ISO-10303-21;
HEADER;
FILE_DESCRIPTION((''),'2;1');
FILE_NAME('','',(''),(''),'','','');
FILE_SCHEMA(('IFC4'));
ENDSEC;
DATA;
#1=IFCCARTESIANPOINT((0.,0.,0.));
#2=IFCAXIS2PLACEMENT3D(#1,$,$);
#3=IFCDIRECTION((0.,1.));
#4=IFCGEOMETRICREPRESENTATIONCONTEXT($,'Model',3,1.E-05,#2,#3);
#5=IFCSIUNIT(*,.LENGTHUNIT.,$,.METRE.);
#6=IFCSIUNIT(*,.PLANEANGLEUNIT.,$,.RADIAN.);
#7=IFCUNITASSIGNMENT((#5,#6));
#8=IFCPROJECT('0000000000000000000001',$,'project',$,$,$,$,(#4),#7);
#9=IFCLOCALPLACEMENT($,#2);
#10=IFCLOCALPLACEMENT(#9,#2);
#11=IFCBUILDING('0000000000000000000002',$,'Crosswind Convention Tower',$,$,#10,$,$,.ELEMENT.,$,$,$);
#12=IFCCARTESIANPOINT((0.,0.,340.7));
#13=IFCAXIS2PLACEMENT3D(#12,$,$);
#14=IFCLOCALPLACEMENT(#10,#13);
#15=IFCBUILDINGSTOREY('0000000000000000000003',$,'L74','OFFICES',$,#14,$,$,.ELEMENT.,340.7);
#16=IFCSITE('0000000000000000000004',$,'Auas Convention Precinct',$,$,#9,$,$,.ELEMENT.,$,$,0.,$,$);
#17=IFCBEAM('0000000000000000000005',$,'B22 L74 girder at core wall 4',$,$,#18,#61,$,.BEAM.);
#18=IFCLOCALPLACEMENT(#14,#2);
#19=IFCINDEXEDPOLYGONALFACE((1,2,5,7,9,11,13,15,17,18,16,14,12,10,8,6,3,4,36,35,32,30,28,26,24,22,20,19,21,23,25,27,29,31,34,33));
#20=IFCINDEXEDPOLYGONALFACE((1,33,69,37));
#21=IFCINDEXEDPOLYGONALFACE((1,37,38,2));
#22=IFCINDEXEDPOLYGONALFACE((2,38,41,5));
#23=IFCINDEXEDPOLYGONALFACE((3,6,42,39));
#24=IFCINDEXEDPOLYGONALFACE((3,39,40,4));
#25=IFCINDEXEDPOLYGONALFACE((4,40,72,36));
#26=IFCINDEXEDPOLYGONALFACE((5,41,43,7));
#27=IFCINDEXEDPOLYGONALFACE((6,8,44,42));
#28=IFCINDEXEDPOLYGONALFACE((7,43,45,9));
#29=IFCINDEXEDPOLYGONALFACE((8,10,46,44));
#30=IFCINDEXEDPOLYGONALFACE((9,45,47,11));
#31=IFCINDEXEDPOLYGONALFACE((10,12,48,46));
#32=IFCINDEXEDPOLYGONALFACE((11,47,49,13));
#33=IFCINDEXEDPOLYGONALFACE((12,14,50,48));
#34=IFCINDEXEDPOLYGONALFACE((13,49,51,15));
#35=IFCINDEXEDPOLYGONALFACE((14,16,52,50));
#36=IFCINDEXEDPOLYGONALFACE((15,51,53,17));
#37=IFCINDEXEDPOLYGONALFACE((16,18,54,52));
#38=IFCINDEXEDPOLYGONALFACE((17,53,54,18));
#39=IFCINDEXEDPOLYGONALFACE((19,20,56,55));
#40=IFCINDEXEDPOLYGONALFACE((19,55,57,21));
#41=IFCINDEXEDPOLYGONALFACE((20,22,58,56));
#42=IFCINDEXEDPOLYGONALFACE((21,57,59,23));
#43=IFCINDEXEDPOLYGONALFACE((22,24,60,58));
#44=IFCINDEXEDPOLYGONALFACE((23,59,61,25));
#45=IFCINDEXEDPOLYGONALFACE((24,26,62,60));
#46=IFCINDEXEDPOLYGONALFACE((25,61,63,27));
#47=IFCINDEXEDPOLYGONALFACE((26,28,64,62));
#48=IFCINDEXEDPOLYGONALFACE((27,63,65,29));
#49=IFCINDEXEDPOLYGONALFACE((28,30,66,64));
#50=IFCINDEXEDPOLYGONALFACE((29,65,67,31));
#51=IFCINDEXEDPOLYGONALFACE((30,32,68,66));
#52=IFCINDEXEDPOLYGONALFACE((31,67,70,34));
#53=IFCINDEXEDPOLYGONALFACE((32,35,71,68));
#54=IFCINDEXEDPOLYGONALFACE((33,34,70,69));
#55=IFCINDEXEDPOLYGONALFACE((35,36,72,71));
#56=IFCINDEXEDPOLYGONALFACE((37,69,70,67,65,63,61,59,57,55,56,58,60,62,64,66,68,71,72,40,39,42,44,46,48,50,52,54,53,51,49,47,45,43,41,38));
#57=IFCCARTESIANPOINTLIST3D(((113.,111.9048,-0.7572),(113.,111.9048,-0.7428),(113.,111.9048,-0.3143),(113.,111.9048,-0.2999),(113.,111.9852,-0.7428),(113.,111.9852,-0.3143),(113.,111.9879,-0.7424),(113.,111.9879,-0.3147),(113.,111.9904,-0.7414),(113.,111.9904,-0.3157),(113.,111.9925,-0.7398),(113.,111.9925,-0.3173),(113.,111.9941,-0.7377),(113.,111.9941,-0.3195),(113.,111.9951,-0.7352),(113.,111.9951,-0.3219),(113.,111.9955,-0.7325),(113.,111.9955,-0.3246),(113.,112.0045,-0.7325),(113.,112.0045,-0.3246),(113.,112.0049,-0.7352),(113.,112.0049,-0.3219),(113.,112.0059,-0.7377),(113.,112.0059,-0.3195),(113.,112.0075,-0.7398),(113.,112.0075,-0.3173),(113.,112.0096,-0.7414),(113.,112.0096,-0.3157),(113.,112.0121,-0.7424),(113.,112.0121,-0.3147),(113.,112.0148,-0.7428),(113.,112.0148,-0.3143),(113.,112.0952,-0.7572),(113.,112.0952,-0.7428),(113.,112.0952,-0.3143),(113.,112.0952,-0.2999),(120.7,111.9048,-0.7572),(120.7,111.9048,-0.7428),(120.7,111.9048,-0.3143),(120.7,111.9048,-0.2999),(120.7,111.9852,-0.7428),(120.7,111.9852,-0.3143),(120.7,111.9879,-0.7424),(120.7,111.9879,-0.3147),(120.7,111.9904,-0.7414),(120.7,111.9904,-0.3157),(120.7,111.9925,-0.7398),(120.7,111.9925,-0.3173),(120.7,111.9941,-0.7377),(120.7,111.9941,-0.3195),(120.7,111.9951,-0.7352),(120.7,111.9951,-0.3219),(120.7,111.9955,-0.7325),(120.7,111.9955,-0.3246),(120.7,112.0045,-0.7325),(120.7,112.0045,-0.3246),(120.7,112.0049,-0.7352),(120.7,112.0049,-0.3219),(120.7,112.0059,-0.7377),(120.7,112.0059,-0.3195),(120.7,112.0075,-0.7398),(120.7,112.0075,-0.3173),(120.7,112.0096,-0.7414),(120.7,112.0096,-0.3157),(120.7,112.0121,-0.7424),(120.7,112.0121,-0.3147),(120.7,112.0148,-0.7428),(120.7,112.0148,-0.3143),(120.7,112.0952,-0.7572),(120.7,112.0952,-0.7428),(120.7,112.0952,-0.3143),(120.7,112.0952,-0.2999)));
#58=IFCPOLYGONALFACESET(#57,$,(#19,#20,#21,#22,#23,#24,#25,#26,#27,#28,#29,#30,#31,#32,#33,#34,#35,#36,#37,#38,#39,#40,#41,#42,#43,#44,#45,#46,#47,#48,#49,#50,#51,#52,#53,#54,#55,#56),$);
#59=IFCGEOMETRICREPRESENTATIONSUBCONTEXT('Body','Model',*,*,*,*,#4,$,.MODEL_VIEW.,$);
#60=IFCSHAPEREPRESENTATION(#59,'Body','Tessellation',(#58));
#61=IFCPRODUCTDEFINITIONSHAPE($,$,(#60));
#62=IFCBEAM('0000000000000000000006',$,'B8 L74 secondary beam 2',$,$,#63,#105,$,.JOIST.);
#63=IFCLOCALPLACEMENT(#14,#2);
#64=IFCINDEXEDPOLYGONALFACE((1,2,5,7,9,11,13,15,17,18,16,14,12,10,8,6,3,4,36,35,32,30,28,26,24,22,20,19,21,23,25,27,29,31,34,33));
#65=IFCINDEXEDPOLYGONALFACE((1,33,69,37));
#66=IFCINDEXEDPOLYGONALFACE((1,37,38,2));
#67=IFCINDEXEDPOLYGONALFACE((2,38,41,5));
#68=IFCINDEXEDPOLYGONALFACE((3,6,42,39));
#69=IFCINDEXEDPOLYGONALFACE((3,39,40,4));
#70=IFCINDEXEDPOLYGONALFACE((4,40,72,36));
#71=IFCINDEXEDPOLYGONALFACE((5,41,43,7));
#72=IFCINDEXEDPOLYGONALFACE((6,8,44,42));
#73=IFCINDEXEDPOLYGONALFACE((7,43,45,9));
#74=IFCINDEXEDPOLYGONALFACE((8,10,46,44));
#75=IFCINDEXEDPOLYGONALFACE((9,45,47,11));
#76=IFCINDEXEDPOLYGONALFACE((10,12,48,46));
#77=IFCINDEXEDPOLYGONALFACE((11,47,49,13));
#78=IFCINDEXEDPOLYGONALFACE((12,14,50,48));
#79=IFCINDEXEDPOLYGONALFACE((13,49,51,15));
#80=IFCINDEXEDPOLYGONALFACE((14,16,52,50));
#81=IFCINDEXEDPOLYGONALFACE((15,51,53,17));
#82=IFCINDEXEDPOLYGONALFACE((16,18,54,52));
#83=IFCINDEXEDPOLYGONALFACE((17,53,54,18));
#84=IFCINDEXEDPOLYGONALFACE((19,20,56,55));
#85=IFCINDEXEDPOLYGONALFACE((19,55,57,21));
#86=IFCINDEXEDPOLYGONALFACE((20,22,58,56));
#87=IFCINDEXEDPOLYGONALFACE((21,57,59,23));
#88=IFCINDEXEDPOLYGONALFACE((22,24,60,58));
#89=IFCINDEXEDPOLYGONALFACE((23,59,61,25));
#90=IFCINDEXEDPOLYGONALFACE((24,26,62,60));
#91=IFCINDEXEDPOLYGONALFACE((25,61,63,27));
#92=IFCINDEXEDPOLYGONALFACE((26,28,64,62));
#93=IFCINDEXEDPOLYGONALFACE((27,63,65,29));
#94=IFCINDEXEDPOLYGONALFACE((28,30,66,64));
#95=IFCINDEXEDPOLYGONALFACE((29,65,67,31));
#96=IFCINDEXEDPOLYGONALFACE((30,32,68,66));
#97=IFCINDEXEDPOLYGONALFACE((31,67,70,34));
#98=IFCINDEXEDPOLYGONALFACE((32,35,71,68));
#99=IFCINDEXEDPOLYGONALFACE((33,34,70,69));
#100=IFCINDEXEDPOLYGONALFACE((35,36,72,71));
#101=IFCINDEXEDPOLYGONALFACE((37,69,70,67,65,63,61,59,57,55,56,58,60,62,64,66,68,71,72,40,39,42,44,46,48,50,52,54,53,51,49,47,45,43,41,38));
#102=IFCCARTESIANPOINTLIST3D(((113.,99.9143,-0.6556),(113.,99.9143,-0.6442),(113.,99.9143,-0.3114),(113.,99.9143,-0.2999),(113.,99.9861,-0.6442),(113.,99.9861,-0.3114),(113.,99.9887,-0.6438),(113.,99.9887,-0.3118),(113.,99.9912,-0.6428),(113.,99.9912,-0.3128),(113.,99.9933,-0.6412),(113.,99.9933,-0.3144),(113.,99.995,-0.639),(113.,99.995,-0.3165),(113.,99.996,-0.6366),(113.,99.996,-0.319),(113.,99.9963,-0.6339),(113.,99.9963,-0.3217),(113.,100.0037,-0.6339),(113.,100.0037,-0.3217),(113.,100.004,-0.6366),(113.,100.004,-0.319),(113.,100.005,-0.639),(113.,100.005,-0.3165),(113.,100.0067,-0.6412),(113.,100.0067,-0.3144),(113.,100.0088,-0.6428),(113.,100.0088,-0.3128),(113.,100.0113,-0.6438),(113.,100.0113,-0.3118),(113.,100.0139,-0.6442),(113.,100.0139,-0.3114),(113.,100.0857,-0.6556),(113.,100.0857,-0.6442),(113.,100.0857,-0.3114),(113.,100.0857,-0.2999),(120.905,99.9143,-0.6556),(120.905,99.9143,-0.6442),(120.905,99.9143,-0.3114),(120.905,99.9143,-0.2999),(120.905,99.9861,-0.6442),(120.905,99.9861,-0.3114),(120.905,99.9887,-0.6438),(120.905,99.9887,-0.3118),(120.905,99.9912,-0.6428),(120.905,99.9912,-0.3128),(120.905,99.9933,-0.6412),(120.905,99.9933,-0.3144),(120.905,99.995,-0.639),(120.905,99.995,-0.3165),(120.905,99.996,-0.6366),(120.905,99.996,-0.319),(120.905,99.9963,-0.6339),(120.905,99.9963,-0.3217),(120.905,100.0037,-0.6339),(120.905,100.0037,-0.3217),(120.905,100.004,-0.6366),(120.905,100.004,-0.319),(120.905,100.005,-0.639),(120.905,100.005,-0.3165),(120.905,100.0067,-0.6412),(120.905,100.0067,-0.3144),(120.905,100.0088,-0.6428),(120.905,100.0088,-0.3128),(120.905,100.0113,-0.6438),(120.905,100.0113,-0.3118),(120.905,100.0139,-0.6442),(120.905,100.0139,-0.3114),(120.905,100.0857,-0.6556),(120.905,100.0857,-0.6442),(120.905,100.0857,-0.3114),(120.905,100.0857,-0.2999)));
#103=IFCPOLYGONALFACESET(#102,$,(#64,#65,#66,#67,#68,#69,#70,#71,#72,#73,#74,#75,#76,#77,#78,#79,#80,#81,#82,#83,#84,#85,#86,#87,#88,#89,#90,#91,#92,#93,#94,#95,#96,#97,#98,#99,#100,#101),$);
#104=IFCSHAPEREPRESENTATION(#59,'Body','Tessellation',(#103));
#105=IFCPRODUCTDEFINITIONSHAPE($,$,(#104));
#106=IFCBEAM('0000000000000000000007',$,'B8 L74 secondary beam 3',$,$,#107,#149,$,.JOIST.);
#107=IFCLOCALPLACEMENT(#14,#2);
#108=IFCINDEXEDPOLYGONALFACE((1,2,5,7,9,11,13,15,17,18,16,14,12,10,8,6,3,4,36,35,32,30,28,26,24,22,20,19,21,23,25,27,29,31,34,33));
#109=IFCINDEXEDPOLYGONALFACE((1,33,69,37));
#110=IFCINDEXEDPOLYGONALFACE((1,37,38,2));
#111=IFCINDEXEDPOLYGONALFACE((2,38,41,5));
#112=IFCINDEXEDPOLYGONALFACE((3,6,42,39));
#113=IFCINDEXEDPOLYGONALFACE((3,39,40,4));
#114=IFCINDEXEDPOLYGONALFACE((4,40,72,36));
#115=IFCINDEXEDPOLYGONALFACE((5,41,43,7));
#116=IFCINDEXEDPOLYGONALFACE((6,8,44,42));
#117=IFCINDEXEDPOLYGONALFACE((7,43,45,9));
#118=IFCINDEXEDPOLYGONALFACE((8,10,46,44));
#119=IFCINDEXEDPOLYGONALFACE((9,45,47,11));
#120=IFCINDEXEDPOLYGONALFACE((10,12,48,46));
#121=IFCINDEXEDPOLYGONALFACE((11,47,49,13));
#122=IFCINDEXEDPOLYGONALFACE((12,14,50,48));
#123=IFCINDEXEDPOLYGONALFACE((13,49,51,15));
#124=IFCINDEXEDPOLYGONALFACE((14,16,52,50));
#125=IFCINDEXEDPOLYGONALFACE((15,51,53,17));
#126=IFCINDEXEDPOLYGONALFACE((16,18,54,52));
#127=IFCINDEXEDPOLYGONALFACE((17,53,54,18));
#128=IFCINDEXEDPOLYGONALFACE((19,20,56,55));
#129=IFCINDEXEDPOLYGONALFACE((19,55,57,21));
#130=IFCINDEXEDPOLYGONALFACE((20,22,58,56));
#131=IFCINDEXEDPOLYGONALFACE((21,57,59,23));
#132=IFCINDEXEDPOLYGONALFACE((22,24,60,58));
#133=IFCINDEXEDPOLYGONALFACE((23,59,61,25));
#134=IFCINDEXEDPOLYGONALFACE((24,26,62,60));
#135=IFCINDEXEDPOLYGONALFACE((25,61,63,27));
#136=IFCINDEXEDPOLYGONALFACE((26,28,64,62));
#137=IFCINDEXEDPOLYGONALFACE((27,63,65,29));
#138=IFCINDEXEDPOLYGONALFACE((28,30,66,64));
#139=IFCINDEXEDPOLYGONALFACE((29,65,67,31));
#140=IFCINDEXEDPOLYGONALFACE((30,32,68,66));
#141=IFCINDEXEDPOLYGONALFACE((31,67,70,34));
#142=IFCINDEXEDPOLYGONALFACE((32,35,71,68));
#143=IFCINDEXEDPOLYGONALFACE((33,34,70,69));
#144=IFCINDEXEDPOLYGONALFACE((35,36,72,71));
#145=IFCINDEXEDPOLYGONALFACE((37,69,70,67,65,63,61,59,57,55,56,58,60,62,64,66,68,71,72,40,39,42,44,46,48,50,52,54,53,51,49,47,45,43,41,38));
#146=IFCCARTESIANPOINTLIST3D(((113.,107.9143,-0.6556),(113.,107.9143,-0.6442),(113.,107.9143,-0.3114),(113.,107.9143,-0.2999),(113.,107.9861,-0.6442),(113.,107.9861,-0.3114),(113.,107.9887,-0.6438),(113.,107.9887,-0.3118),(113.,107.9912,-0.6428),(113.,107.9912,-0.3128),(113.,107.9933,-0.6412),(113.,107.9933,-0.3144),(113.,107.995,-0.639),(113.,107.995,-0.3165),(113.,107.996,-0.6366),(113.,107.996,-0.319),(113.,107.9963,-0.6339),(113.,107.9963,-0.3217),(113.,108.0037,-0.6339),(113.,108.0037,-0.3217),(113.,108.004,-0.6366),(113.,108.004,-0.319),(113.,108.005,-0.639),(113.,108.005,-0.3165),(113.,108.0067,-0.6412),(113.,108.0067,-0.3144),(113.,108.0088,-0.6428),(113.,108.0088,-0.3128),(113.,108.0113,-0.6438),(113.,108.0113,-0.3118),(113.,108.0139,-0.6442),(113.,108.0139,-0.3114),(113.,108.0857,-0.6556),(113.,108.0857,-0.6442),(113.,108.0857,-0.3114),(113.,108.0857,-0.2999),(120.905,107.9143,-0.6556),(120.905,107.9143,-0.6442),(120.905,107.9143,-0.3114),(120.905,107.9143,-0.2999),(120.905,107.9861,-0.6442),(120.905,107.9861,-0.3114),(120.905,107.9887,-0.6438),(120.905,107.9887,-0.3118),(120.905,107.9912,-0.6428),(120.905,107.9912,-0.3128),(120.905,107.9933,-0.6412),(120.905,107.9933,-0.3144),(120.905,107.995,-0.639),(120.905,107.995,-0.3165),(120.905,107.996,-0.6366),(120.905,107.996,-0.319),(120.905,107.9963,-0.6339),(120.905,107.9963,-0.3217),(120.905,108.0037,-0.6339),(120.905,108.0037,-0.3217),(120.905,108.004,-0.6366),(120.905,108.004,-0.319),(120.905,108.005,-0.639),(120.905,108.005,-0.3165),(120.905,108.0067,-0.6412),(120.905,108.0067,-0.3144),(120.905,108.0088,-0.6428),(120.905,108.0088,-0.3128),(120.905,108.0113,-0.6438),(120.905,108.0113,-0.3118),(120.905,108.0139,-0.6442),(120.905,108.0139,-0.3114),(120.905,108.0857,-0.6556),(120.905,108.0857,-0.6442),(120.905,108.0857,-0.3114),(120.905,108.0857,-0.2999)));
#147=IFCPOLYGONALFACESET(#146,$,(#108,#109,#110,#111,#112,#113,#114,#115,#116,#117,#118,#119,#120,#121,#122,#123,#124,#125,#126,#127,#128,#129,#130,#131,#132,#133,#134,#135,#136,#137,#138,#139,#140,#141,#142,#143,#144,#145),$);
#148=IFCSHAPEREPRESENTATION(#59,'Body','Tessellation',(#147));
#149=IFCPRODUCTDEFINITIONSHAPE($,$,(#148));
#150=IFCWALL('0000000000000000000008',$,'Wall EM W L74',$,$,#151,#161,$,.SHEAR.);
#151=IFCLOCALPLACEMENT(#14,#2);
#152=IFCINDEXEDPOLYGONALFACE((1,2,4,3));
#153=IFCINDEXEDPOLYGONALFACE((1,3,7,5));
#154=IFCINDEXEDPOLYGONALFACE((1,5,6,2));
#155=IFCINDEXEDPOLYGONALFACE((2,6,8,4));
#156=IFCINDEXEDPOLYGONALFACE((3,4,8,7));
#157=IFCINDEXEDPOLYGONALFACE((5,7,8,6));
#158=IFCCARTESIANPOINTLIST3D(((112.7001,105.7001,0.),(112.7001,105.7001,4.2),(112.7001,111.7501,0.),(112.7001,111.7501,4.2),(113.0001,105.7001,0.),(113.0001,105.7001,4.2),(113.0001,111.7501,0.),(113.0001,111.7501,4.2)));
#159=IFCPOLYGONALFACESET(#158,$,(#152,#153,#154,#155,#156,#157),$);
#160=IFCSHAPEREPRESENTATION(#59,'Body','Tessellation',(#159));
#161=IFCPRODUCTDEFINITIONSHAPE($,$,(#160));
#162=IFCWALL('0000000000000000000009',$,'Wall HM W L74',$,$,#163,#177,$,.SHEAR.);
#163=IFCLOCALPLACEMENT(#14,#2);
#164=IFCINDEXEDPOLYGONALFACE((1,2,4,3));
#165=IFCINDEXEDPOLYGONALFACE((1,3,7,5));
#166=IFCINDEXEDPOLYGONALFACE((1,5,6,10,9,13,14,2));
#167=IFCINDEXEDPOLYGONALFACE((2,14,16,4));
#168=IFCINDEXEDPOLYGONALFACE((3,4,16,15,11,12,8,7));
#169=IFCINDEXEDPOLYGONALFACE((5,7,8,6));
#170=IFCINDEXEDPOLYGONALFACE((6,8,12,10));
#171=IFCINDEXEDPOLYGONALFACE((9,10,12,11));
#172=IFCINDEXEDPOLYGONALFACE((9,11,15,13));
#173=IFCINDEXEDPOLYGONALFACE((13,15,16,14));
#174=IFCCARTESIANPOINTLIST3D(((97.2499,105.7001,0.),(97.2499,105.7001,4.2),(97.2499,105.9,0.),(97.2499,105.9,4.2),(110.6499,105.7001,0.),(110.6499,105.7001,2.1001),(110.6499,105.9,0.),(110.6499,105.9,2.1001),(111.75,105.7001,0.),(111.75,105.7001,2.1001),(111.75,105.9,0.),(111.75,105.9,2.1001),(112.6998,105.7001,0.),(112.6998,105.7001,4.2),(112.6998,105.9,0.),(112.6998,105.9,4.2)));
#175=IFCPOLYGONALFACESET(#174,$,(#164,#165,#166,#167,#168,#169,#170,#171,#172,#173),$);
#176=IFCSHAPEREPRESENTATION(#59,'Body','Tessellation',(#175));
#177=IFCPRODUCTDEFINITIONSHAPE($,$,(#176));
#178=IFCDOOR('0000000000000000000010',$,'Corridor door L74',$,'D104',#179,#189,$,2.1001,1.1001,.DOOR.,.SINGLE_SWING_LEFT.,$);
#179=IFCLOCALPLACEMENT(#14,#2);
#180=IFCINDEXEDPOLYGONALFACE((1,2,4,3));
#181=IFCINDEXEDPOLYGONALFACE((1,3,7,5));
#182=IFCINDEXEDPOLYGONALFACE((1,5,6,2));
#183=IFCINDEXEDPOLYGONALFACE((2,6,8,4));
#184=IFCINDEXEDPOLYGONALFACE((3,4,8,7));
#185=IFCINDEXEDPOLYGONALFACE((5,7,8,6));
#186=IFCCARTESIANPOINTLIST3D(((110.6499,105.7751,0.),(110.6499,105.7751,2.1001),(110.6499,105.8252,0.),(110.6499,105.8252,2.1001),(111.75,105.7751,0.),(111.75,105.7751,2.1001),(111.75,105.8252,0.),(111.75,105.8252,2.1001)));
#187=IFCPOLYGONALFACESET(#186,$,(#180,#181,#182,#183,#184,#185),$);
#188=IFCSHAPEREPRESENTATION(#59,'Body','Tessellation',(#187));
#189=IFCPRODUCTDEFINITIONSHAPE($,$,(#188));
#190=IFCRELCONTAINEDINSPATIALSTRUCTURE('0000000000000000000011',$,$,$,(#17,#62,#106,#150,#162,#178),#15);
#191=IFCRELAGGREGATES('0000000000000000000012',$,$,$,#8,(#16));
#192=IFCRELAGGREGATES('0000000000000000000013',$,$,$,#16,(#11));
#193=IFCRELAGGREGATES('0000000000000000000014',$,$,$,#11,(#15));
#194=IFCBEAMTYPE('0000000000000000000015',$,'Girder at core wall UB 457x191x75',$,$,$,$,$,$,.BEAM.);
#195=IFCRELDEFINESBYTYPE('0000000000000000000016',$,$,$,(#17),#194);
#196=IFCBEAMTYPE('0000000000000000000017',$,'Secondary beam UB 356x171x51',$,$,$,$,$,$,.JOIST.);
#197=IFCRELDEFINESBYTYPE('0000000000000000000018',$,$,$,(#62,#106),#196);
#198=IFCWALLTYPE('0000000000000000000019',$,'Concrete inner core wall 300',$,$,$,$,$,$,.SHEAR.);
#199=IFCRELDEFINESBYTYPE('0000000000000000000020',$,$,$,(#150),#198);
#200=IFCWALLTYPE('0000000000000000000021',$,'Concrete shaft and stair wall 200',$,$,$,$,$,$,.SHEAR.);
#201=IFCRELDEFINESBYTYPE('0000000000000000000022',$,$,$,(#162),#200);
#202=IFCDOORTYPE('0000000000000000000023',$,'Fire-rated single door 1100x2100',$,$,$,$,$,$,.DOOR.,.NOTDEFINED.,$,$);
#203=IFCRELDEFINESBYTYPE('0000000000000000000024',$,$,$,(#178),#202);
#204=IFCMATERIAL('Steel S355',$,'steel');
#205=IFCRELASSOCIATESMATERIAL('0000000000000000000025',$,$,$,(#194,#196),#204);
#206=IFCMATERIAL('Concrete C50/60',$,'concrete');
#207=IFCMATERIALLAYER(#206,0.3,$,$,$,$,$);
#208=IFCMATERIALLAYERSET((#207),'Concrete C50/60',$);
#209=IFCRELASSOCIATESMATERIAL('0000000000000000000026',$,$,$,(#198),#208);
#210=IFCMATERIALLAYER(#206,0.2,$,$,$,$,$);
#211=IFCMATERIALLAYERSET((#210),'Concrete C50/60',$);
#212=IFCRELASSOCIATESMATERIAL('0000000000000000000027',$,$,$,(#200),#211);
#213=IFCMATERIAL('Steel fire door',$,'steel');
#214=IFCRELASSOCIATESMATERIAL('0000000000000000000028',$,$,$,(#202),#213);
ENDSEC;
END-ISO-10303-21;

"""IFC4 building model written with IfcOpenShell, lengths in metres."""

from ifc_helpers import new_model, si_unit, direction, frame, frame_2d, origin, origin_2d, place, context, subcontext, project, spatial, rectangle, i_section, extrude, material, layer, layer_set, material_profile, profile_set, type_object, element, fill, save


model = new_model("IFC4")

# Units and contexts
model_context = context("Model", 3, precision=1e-05, world=origin(), true_north=direction((0.0, 1.0)))
body_context = subcontext(model_context, "Body", "Model", "MODEL_VIEW")
ifc_project = project(units=[si_unit("LENGTHUNIT", "METRE"), si_unit("PLANEANGLEUNIT", "RADIAN")], contexts=[model_context])

# Site, building, storey
site_placement = place(None, origin())
site = spatial("IfcSite", under=ifc_project, at=site_placement, Name="Auas Convention Precinct", CompositionType="ELEMENT", RefElevation=0.0)
building_placement = place(site_placement, origin())
building = spatial("IfcBuilding", under=site, at=building_placement, Name="Crosswind Convention Tower", CompositionType="ELEMENT")
storey_placement = place(building_placement, frame((0.0, 0.0, 340.7)))
storey = spatial("IfcBuildingStorey", under=building, at=storey_placement, Name="L74", Description="OFFICES", CompositionType="ELEMENT", Elevation=340.7)

# Beams
ifc_material_1 = material(Name="Steel S355", Category="steel")
ifc_material_profile_1 = material_profile(ifc_material_1, i_section(OverallWidth=0.1904, OverallDepth=0.4573, WebThickness=0.009, FlangeThickness=0.0144, FilletRadius=0.0103, at=origin_2d()), Name="UB 457x191x75")
ifc_profile_set_1 = profile_set([ifc_material_profile_1], Name="Steel S355")
beam_type_1 = type_object("IfcBeamType", Name="Girder at core wall UB 457x191x75", PredefinedType="BEAM", material=ifc_profile_set_1)
for number, where, z_axis, x_axis, name in (
    (1, (113.0, 112.0, -0.5286), (1.0, 0.0, 0.0), (0.0, 1.0, 0.0), "B22 L74 girder at core wall 4"),
):
    element("IfcBeam", number, at=place(storey_placement, frame(where, z_axis=z_axis, x_axis=x_axis)), inside=storey, type_object=beam_type_1, Name=name, PredefinedType="BEAM", context=body_context, shape_type="SweptSolid", body=[
        extrude(i_section(OverallWidth=0.1904, OverallDepth=0.4573, WebThickness=0.009, FlangeThickness=0.0144, FilletRadius=0.0103, at=origin_2d()), origin(), (0.0, 0.0, 1.0), 7.7),
    ])
ifc_material_profile_2 = material_profile(ifc_material_1, i_section(OverallWidth=0.1714, OverallDepth=0.3557, WebThickness=0.0073, FlangeThickness=0.0115, FilletRadius=0.0103, at=origin_2d()), Name="UB 356x171x51")
ifc_profile_set_2 = profile_set([ifc_material_profile_2], Name="Steel S355")
beam_type_2 = type_object("IfcBeamType", Name="Secondary beam UB 356x171x51", PredefinedType="JOIST", material=ifc_profile_set_2)
for number, where, z_axis, x_axis, name in (
    (2, (113.0, 100.0, -0.4778), (1.0, 0.0, 0.0), (0.0, 1.0, 0.0), "B8 L74 secondary beam 2"),
    (3, (113.0, 108.0, -0.4778), (1.0, 0.0, 0.0), (0.0, 1.0, 0.0), "B8 L74 secondary beam 3"),
):
    element("IfcBeam", number, at=place(storey_placement, frame(where, z_axis=z_axis, x_axis=x_axis)), inside=storey, type_object=beam_type_2, Name=name, PredefinedType="JOIST", context=body_context, shape_type="SweptSolid", body=[
        extrude(i_section(OverallWidth=0.1714, OverallDepth=0.3557, WebThickness=0.0073, FlangeThickness=0.0115, FilletRadius=0.0103, at=origin_2d()), origin(), (0.0, 0.0, 1.0), 7.905),
    ])

# Shared definitions
ifc_material_2 = material(Name="Concrete C50/60", Category="concrete")
ifc_layer_1 = layer(ifc_material_2, 0.3)
ifc_layer_set_1 = layer_set([ifc_layer_1], Name="Concrete C50/60")
wall_type_1 = type_object("IfcWallType", Name="Concrete inner core wall 300", PredefinedType="SHEAR", material=ifc_layer_set_1)

# Wall
wall_1_placement = place(storey_placement, frame((112.8501, 111.75, 0.0), z_axis=(0.0, 0.0, 1.0), x_axis=(0.0, -1.0, 0.0)))
element("IfcWall", 4, at=wall_1_placement, inside=storey, type_object=wall_type_1, Name="Wall EM W L74", PredefinedType="SHEAR", context=body_context, shape_type="SweptSolid", body=[
    extrude(rectangle(XDim=6.05, YDim=0.3, at=frame_2d((3.0249, 0.0))), origin(), (0.0, 0.0, 1.0), 4.2),
])

# Wall, opening, door
ifc_layer_2 = layer(ifc_material_2, 0.2)
ifc_layer_set_2 = layer_set([ifc_layer_2], Name="Concrete C50/60")
wall_type_2 = type_object("IfcWallType", Name="Concrete shaft and stair wall 200", PredefinedType="SHEAR", material=ifc_layer_set_2)
wall_2_placement = place(storey_placement, frame((112.7, 105.8, 0.0), z_axis=(0.0, 0.0, 1.0), x_axis=(-1.0, 0.0, 0.0)))
wall_2 = element("IfcWall", 5, at=wall_2_placement, inside=storey, type_object=wall_type_2, Name="Wall HM W L74", PredefinedType="SHEAR", context=body_context, shape_type="SweptSolid", body=[
    extrude(rectangle(XDim=15.45, YDim=0.2, at=frame_2d((7.7251, 0.0))), origin(), (0.0, 0.0, 1.0), 4.2),
])
opening_1_placement = place(wall_2_placement, frame((0.95, 0.0, 0.0)))
opening_1 = element("IfcOpeningElement", 6, at=opening_1_placement, cuts=wall_2, PredefinedType="OPENING", context=body_context, shape_type="SweptSolid", body=[
    extrude(rectangle(XDim=1.1001, YDim=2.1001, at=frame_2d((0.55, 1.05))), frame((0.0, 0.1099, 0.0), z_axis=(0.0, -1.0, 0.0), x_axis=(1.0, 0.0, 0.0)), (0.0, 0.0, 1.0), 0.22),
])
ifc_material_3 = material(Name="Steel fire door", Category="steel")
door_type_1 = type_object("IfcDoorType", Name="Fire-rated single door 1100x2100", OperationType="NOTDEFINED", PredefinedType="DOOR", material=ifc_material_3)
door_1_placement = place(opening_1_placement, origin())
door_1 = element("IfcDoor", 7, at=door_1_placement, inside=storey, type_object=door_type_1, Name="Corridor door L74", ObjectType="D104", OperationType="SINGLE_SWING_LEFT", OverallHeight=2.1001, OverallWidth=1.1001, PredefinedType="DOOR", context=body_context, shape_type="SweptSolid", body=[
    extrude(rectangle(XDim=1.1001, YDim=2.1001, at=frame_2d((0.55, 1.05))), frame((0.0, 0.0249, 0.0), z_axis=(0.0, -1.0, 0.0), x_axis=(1.0, 0.0, 0.0)), (0.0, 0.0, 1.0), 0.05),
])
fill(opening_1, door_1)

save(model, "model.ifc")
